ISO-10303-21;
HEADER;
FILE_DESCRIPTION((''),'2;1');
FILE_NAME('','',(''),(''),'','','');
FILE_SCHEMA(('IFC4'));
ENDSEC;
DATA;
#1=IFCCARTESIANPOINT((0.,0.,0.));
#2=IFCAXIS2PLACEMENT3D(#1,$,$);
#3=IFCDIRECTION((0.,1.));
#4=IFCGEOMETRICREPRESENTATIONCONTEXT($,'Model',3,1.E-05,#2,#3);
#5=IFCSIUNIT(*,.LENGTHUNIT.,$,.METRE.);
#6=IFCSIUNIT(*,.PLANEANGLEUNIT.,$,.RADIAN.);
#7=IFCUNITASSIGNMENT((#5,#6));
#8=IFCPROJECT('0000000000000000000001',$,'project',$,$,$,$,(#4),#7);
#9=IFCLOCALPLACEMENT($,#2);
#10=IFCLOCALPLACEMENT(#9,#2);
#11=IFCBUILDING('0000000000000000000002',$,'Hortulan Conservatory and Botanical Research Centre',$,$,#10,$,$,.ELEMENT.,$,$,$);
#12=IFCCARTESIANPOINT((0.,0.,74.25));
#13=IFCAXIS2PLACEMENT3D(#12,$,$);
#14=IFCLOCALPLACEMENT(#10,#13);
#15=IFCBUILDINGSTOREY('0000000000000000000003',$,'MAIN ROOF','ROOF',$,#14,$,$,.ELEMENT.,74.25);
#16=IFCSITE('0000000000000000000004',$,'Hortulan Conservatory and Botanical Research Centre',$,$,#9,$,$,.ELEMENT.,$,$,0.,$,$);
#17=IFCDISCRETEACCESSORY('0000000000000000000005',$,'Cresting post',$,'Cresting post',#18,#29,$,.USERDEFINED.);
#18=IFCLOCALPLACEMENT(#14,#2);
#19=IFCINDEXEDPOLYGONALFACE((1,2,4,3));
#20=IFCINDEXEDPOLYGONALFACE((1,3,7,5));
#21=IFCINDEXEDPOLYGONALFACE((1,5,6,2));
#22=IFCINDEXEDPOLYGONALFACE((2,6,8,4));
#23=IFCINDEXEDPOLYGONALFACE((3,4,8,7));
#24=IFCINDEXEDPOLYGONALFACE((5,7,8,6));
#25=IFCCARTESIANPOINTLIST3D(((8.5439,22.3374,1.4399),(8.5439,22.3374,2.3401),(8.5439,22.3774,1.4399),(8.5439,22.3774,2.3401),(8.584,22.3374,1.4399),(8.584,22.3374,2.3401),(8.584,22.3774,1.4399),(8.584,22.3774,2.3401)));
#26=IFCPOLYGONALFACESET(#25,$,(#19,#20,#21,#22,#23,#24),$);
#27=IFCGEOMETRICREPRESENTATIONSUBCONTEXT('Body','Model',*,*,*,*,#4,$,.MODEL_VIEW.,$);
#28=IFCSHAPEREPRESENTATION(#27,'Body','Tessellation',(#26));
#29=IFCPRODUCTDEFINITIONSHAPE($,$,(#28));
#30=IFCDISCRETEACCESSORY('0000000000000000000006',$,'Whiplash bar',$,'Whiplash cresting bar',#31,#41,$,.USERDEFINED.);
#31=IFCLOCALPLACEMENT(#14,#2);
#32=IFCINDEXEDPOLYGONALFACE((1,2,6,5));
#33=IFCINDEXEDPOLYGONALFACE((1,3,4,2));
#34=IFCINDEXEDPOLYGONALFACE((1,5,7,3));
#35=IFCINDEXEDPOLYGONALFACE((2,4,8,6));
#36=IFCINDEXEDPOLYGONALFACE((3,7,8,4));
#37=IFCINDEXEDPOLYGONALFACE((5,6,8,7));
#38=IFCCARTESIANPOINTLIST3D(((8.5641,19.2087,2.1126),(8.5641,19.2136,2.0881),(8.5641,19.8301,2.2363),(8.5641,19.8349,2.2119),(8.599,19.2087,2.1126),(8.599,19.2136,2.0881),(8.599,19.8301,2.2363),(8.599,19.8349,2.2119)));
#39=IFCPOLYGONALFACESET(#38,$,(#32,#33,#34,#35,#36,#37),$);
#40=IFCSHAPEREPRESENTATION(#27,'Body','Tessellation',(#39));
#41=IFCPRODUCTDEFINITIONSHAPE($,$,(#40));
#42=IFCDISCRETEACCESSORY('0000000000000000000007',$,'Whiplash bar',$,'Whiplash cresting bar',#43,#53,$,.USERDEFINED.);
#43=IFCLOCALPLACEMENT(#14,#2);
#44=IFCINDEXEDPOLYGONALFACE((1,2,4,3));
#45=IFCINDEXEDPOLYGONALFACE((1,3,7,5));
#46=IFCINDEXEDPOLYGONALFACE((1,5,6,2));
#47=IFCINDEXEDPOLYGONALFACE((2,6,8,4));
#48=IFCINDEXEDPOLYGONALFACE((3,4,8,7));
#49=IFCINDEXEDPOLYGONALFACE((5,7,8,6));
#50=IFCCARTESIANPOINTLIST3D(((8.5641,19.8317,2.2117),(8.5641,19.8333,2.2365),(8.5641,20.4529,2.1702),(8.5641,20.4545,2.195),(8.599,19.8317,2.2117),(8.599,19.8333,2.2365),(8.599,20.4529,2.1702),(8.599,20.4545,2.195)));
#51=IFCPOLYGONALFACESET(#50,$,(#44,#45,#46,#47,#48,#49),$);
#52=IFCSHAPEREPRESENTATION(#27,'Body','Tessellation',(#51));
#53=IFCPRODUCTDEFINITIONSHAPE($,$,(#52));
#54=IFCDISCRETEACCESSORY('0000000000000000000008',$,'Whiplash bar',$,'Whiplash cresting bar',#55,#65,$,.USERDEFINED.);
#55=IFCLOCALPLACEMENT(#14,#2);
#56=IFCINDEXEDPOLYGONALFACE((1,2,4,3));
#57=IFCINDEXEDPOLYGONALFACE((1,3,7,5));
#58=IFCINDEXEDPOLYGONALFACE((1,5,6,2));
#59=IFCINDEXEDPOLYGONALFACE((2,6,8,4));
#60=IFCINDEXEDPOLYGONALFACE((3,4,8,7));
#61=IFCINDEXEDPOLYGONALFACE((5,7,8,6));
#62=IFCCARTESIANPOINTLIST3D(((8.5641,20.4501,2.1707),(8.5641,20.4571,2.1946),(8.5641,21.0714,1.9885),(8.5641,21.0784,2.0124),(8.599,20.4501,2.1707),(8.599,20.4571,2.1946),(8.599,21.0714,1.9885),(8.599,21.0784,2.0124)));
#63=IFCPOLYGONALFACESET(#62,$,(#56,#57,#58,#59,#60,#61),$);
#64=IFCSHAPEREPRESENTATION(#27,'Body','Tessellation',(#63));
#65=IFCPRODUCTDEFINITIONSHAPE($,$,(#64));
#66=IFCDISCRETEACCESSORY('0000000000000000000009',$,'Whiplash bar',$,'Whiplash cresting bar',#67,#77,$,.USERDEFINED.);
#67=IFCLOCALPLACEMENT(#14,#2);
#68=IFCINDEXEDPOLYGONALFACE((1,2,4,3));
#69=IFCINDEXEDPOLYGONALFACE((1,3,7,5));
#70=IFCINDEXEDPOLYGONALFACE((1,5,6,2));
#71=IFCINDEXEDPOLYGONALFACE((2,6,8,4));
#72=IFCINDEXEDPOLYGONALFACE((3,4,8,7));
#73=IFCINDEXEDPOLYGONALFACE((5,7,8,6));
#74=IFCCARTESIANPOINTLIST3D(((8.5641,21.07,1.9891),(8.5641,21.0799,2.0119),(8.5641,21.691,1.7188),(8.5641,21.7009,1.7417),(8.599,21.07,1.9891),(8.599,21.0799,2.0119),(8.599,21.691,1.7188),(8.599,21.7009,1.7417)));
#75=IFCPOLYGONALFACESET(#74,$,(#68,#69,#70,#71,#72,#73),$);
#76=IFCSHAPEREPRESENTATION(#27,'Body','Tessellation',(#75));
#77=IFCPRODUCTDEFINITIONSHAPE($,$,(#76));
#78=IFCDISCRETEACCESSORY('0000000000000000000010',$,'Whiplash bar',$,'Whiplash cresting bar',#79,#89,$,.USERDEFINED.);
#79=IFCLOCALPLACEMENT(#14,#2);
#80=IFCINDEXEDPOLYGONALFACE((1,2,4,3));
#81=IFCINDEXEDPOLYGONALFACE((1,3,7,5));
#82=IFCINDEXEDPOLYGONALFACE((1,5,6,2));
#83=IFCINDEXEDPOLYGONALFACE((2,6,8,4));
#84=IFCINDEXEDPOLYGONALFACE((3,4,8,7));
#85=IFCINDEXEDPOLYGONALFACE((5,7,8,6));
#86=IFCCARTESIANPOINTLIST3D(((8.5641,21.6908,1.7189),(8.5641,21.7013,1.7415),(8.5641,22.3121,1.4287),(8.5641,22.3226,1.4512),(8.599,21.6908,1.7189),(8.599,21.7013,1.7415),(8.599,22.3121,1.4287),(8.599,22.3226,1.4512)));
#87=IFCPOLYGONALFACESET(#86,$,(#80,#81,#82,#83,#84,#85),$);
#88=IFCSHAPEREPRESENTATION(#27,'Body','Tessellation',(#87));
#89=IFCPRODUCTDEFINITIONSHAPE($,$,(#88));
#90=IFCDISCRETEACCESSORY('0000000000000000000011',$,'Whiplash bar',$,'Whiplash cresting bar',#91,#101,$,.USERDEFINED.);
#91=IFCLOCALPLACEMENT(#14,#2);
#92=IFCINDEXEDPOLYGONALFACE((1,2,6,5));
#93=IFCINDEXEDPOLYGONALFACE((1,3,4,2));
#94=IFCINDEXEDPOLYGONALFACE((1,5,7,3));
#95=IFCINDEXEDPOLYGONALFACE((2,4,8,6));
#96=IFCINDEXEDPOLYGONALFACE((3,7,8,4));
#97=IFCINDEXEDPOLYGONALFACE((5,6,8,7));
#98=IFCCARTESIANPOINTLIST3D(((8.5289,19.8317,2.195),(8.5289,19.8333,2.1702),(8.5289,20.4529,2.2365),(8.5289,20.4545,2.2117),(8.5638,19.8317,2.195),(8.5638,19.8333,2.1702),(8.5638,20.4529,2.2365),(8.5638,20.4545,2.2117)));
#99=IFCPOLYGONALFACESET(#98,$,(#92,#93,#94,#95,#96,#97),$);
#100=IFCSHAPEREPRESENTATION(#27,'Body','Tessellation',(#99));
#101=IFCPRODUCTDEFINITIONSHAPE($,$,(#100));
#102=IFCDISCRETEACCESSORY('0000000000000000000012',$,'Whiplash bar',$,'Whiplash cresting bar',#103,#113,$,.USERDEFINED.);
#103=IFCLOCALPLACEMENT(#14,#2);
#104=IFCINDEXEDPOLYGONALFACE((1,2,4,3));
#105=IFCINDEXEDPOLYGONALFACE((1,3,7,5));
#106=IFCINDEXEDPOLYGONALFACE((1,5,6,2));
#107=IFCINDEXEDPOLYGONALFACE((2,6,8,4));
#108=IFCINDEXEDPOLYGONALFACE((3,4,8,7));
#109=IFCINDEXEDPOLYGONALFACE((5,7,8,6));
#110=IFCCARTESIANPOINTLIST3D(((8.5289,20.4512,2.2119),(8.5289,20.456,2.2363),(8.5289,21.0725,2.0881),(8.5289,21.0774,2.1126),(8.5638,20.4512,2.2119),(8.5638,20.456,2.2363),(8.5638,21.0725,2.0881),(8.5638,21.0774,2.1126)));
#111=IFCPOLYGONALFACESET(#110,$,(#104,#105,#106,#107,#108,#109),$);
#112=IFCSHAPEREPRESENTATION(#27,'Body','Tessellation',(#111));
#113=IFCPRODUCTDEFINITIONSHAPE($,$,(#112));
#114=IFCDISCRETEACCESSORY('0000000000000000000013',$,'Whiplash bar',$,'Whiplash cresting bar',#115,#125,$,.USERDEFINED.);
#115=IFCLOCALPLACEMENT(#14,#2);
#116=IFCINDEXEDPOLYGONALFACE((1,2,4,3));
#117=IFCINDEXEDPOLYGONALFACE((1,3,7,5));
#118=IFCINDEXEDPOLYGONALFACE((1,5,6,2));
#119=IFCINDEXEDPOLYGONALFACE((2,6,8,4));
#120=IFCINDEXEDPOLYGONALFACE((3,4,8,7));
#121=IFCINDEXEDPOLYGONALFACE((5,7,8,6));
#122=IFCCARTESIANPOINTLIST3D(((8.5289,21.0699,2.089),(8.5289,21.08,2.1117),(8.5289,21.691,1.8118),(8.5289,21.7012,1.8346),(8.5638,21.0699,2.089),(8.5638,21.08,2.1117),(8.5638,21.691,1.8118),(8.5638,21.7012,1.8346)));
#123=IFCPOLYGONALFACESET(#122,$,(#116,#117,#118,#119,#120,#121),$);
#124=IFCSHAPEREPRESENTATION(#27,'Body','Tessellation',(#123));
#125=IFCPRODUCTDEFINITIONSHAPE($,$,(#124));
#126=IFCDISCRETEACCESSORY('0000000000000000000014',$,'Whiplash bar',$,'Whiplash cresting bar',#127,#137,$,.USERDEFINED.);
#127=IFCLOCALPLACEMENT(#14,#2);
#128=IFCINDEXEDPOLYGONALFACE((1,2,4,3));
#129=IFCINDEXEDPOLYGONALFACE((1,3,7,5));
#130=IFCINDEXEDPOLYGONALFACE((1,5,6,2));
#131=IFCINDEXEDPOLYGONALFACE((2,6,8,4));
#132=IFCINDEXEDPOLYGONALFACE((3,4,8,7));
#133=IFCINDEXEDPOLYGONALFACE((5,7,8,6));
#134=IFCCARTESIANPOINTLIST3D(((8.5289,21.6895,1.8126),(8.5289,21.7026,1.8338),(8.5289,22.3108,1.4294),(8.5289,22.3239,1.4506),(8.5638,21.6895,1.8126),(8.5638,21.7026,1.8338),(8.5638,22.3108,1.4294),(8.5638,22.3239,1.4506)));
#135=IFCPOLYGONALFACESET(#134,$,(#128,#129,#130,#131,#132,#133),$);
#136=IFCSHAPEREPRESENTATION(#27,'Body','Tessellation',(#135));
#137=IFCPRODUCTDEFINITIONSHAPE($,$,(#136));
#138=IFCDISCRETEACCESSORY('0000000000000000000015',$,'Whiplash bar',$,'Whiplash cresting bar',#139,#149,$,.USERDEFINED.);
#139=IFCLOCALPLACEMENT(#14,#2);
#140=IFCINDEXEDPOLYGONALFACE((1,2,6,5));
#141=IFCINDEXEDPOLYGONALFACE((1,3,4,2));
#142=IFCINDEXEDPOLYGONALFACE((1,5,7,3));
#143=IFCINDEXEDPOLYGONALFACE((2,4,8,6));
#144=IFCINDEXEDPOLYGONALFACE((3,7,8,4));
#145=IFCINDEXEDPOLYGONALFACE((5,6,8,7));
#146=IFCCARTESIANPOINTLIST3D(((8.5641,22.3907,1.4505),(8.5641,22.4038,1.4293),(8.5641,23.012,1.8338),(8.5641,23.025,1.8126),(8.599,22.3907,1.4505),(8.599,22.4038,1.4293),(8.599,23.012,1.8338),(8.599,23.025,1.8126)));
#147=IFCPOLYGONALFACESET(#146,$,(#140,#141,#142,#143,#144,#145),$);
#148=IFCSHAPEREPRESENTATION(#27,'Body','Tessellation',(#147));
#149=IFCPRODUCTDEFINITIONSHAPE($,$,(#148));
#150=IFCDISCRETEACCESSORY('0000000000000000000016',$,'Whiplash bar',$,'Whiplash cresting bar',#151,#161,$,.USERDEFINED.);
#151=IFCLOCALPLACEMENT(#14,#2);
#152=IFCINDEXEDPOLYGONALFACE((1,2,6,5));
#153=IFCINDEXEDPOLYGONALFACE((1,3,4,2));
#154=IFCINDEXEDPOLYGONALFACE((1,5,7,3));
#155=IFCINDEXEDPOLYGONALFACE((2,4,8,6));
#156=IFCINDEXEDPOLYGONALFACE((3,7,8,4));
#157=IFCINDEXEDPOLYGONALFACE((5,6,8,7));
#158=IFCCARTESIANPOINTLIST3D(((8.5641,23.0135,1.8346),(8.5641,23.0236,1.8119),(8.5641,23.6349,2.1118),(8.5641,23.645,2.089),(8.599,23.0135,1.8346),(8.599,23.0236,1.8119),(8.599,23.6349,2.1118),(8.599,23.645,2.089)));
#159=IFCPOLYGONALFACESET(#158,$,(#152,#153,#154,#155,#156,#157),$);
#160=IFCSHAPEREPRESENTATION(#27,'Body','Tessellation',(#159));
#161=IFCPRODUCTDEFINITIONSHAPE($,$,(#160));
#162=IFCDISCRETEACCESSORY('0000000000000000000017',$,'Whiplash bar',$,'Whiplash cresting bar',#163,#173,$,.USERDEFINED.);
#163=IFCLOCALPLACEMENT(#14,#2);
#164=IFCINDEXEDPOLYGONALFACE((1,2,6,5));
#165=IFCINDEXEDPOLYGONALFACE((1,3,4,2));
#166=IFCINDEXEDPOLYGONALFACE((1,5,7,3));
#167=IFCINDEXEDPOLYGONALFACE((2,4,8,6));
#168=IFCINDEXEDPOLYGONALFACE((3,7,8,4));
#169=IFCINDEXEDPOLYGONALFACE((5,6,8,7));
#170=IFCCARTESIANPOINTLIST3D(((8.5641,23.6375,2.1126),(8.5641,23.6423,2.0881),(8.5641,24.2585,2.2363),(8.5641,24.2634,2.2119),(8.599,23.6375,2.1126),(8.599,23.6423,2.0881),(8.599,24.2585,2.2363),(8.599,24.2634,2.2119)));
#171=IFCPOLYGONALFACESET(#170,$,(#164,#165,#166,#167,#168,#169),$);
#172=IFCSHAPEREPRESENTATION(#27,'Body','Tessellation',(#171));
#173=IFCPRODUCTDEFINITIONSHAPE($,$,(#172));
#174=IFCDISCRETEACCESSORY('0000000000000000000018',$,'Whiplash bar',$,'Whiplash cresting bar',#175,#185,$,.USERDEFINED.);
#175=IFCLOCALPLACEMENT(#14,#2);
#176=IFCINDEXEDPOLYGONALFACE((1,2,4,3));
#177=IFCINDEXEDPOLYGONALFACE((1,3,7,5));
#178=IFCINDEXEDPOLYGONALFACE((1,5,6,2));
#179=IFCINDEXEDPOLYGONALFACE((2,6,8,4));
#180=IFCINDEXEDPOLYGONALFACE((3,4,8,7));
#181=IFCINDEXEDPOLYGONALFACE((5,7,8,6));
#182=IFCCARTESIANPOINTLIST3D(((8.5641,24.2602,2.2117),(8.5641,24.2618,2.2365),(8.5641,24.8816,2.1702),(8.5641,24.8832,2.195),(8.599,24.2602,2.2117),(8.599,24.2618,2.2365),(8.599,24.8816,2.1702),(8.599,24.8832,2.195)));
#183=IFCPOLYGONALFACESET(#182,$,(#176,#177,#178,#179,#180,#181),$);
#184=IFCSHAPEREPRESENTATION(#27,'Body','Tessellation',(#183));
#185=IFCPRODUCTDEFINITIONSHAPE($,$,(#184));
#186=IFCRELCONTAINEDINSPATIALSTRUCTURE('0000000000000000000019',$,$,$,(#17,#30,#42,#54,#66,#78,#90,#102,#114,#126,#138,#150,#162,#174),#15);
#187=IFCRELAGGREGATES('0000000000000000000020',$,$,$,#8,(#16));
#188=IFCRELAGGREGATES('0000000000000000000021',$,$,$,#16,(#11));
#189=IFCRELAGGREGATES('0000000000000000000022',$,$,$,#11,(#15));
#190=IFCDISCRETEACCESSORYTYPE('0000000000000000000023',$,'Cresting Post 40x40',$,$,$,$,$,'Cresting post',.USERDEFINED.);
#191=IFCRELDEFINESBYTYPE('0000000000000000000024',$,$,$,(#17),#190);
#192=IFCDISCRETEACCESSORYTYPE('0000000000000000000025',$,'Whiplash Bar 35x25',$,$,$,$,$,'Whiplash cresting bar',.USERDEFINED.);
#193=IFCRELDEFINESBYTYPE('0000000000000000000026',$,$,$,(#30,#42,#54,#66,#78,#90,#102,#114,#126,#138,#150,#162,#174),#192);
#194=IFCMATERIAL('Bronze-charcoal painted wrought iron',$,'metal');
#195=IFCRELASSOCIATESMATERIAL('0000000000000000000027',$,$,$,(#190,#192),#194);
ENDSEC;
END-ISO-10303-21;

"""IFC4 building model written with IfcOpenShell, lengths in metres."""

from ifc_helpers import new_model, si_unit, direction, frame, origin, origin_2d, place, context, subcontext, project, spatial, rectangle, extrude, material, material_profile, profile_set, type_object, element, save


model = new_model("IFC4")

# Units and contexts
model_context = context("Model", 3, precision=1e-05, world=origin(), true_north=direction((0.0, 1.0)))
body_context = subcontext(model_context, "Body", "Model", "MODEL_VIEW")
ifc_project = project(units=[si_unit("LENGTHUNIT", "METRE"), si_unit("PLANEANGLEUNIT", "RADIAN")], contexts=[model_context])

# Site, building, storey
site_placement = place(None, origin())
site = spatial("IfcSite", under=ifc_project, at=site_placement, Name="Hortulan Conservatory and Botanical Research Centre", CompositionType="ELEMENT", RefElevation=0.0)
building_placement = place(site_placement, origin())
building = spatial("IfcBuilding", under=site, at=building_placement, Name="Hortulan Conservatory and Botanical Research Centre", CompositionType="ELEMENT")
storey_placement = place(building_placement, frame((0.0, 0.0, 74.25)))
storey = spatial("IfcBuildingStorey", under=building, at=storey_placement, Name="MAIN ROOF", Description="ROOF", CompositionType="ELEMENT", Elevation=74.25)

# Discrete accessories
ifc_material = material(Name="Bronze-charcoal painted wrought iron", Category="metal")
ifc_material_profile_1 = material_profile(ifc_material, rectangle(XDim=0.04, YDim=0.04, at=origin_2d()), Name="Square bar 40x40")
ifc_profile_set_1 = profile_set([ifc_material_profile_1], Name="Bronze-charcoal painted wrought iron")
discrete_accessory_type_1 = type_object("IfcDiscreteAccessoryType", Name="Cresting Post 40x40", ElementType="Cresting post", PredefinedType="USERDEFINED", material=ifc_profile_set_1)
discrete_accessory_1_placement = place(storey_placement, frame((8.564, 22.3574, 1.4399), z_axis=(0.0, 0.0, 1.0), x_axis=(1.0, 0.0, 0.0)))
element("IfcDiscreteAccessory", 1, at=discrete_accessory_1_placement, inside=storey, type_object=discrete_accessory_type_1, Name="Cresting post", ObjectType="Cresting post", PredefinedType="USERDEFINED", context=body_context, shape_type="SweptSolid", body=[
    extrude(rectangle(XDim=0.04, YDim=0.04, at=origin_2d()), origin(), (0.0, 0.0, 1.0), 0.9001),
])
ifc_material_profile_2 = material_profile(ifc_material, rectangle(XDim=0.0349, YDim=0.0249, at=origin_2d()), Name="Flat bar 35x25")
ifc_profile_set_2 = profile_set([ifc_material_profile_2], Name="Bronze-charcoal painted wrought iron")
discrete_accessory_type_2 = type_object("IfcDiscreteAccessoryType", Name="Whiplash Bar 35x25", ElementType="Whiplash cresting bar", PredefinedType="USERDEFINED", material=ifc_profile_set_2)
discrete_accessory_2_placement = place(storey_placement, frame((8.5815, 19.2112, 2.1003), z_axis=(0.0, 0.980729, 0.195375), x_axis=(-1.0, 0.0, 0.0)))
element("IfcDiscreteAccessory", 2, at=discrete_accessory_2_placement, inside=storey, type_object=discrete_accessory_type_2, Name="Whiplash bar", ObjectType="Whiplash cresting bar", PredefinedType="USERDEFINED", context=body_context, shape_type="SweptSolid", body=[
    extrude(rectangle(XDim=0.0349, YDim=0.0249, at=origin_2d()), origin(), (0.0, 0.0, 1.0), 0.6335),
])
discrete_accessory_3_placement = place(storey_placement, frame((8.5815, 19.8325, 2.2241), z_axis=(0.0, 0.997775, -0.066675), x_axis=(-1.0, 0.0, 0.0)))
element("IfcDiscreteAccessory", 3, at=discrete_accessory_3_placement, inside=storey, type_object=discrete_accessory_type_2, Name="Whiplash bar", ObjectType="Whiplash cresting bar", PredefinedType="USERDEFINED", context=body_context, shape_type="SweptSolid", body=[
    extrude(rectangle(XDim=0.0349, YDim=0.0249, at=origin_2d()), origin(), (0.0, 0.0, 1.0), 0.6226),
])
discrete_accessory_4_placement = place(storey_placement, frame((8.5815, 20.4536, 2.1826), z_axis=(0.0, 0.959623, -0.281288), x_axis=(-1.0, 0.0, 0.0)))
element("IfcDiscreteAccessory", 4, at=discrete_accessory_4_placement, inside=storey, type_object=discrete_accessory_type_2, Name="Whiplash bar", ObjectType="Whiplash cresting bar", PredefinedType="USERDEFINED", context=body_context, shape_type="SweptSolid", body=[
    extrude(rectangle(XDim=0.0349, YDim=0.0249, at=origin_2d()), origin(), (0.0, 0.0, 1.0), 0.6475),
])
discrete_accessory_5_placement = place(storey_placement, frame((8.5815, 21.075, 2.0005), z_axis=(0.0, 0.91695, -0.399003), x_axis=(-1.0, 0.0, 0.0)))
element("IfcDiscreteAccessory", 5, at=discrete_accessory_5_placement, inside=storey, type_object=discrete_accessory_type_2, Name="Whiplash bar", ObjectType="Whiplash cresting bar", PredefinedType="USERDEFINED", context=body_context, shape_type="SweptSolid", body=[
    extrude(rectangle(XDim=0.0349, YDim=0.0249, at=origin_2d()), origin(), (0.0, 0.0, 1.0), 0.6772),
])
discrete_accessory_6_placement = place(storey_placement, frame((8.5815, 21.696, 1.7302), z_axis=(0.0, 0.906001, -0.423275), x_axis=(-1.0, 0.0, 0.0)))
element("IfcDiscreteAccessory", 6, at=discrete_accessory_6_placement, inside=storey, type_object=discrete_accessory_type_2, Name="Whiplash bar", ObjectType="Whiplash cresting bar", PredefinedType="USERDEFINED", context=body_context, shape_type="SweptSolid", body=[
    extrude(rectangle(XDim=0.0349, YDim=0.0249, at=origin_2d()), origin(), (0.0, 0.0, 1.0), 0.6858),
])
discrete_accessory_7_placement = place(storey_placement, frame((8.5464, 19.8325, 2.1826), z_axis=(0.0, 0.997775, 0.066675), x_axis=(-1.0, 0.0, 0.0)))
element("IfcDiscreteAccessory", 7, at=discrete_accessory_7_placement, inside=storey, type_object=discrete_accessory_type_2, Name="Whiplash bar", ObjectType="Whiplash cresting bar", PredefinedType="USERDEFINED", context=body_context, shape_type="SweptSolid", body=[
    extrude(rectangle(XDim=0.0349, YDim=0.0249, at=origin_2d()), origin(), (0.0, 0.0, 1.0), 0.6226),
])
discrete_accessory_8_placement = place(storey_placement, frame((8.5464, 20.4536, 2.2241), z_axis=(0.0, 0.980729, -0.195375), x_axis=(-1.0, 0.0, 0.0)))
element("IfcDiscreteAccessory", 8, at=discrete_accessory_8_placement, inside=storey, type_object=discrete_accessory_type_2, Name="Whiplash bar", ObjectType="Whiplash cresting bar", PredefinedType="USERDEFINED", context=body_context, shape_type="SweptSolid", body=[
    extrude(rectangle(XDim=0.0349, YDim=0.0249, at=origin_2d()), origin(), (0.0, 0.0, 1.0), 0.6335),
])
discrete_accessory_9_placement = place(storey_placement, frame((8.5464, 21.075, 2.1003), z_axis=(0.0, 0.913233, -0.407437), x_axis=(-1.0, 0.0, 0.0)))
element("IfcDiscreteAccessory", 9, at=discrete_accessory_9_placement, inside=storey, type_object=discrete_accessory_type_2, Name="Whiplash bar", ObjectType="Whiplash cresting bar", PredefinedType="USERDEFINED", context=body_context, shape_type="SweptSolid", body=[
    extrude(rectangle(XDim=0.0349, YDim=0.0249, at=origin_2d()), origin(), (0.0, 0.0, 1.0), 0.6802),
])
for number, where, z_axis, x_axis, name in (
    (10, (8.5464, 21.696, 1.8232), (0.0, 0.851084, -0.52503), (-1.0, 0.0, 0.0), "Whiplash bar"),
    (11, (8.5815, 22.3972, 1.4399), (0.0, 0.851084, 0.52503), (-1.0, 0.0, 0.0), "Whiplash bar"),
):
    element("IfcDiscreteAccessory", number, at=place(storey_placement, frame(where, z_axis=z_axis, x_axis=x_axis)), inside=storey, type_object=discrete_accessory_type_2, Name=name, ObjectType="Whiplash cresting bar", PredefinedType="USERDEFINED", context=body_context, shape_type="SweptSolid", body=[
        extrude(rectangle(XDim=0.0349, YDim=0.0249, at=origin_2d()), origin(), (0.0, 0.0, 1.0), 0.73),
    ])
discrete_accessory_10_placement = place(storey_placement, frame((8.5815, 23.0186, 1.8232), z_axis=(0.0, 0.913293, 0.407303), x_axis=(-1.0, 0.0, 0.0)))
element("IfcDiscreteAccessory", 12, at=discrete_accessory_10_placement, inside=storey, type_object=discrete_accessory_type_2, Name="Whiplash bar", ObjectType="Whiplash cresting bar", PredefinedType="USERDEFINED", context=body_context, shape_type="SweptSolid", body=[
    extrude(rectangle(XDim=0.0349, YDim=0.0249, at=origin_2d()), origin(), (0.0, 0.0, 1.0), 0.6804),
])
discrete_accessory_11_placement = place(storey_placement, frame((8.5815, 23.6399, 2.1003), z_axis=(0.0, 0.980714, 0.195449), x_axis=(-1.0, 0.0, 0.0)))
element("IfcDiscreteAccessory", 13, at=discrete_accessory_11_placement, inside=storey, type_object=discrete_accessory_type_2, Name="Whiplash bar", ObjectType="Whiplash cresting bar", PredefinedType="USERDEFINED", context=body_context, shape_type="SweptSolid", body=[
    extrude(rectangle(XDim=0.0349, YDim=0.0249, at=origin_2d()), origin(), (0.0, 0.0, 1.0), 0.6333),
])
discrete_accessory_12_placement = place(storey_placement, frame((8.5815, 24.261, 2.2241), z_axis=(0.0, 0.997776, -0.066649), x_axis=(-1.0, 0.0, 0.0)))
element("IfcDiscreteAccessory", 14, at=discrete_accessory_12_placement, inside=storey, type_object=discrete_accessory_type_2, Name="Whiplash bar", ObjectType="Whiplash cresting bar", PredefinedType="USERDEFINED", context=body_context, shape_type="SweptSolid", body=[
    extrude(rectangle(XDim=0.0349, YDim=0.0249, at=origin_2d()), origin(), (0.0, 0.0, 1.0), 0.6228),
])

save(model, "model.ifc")
